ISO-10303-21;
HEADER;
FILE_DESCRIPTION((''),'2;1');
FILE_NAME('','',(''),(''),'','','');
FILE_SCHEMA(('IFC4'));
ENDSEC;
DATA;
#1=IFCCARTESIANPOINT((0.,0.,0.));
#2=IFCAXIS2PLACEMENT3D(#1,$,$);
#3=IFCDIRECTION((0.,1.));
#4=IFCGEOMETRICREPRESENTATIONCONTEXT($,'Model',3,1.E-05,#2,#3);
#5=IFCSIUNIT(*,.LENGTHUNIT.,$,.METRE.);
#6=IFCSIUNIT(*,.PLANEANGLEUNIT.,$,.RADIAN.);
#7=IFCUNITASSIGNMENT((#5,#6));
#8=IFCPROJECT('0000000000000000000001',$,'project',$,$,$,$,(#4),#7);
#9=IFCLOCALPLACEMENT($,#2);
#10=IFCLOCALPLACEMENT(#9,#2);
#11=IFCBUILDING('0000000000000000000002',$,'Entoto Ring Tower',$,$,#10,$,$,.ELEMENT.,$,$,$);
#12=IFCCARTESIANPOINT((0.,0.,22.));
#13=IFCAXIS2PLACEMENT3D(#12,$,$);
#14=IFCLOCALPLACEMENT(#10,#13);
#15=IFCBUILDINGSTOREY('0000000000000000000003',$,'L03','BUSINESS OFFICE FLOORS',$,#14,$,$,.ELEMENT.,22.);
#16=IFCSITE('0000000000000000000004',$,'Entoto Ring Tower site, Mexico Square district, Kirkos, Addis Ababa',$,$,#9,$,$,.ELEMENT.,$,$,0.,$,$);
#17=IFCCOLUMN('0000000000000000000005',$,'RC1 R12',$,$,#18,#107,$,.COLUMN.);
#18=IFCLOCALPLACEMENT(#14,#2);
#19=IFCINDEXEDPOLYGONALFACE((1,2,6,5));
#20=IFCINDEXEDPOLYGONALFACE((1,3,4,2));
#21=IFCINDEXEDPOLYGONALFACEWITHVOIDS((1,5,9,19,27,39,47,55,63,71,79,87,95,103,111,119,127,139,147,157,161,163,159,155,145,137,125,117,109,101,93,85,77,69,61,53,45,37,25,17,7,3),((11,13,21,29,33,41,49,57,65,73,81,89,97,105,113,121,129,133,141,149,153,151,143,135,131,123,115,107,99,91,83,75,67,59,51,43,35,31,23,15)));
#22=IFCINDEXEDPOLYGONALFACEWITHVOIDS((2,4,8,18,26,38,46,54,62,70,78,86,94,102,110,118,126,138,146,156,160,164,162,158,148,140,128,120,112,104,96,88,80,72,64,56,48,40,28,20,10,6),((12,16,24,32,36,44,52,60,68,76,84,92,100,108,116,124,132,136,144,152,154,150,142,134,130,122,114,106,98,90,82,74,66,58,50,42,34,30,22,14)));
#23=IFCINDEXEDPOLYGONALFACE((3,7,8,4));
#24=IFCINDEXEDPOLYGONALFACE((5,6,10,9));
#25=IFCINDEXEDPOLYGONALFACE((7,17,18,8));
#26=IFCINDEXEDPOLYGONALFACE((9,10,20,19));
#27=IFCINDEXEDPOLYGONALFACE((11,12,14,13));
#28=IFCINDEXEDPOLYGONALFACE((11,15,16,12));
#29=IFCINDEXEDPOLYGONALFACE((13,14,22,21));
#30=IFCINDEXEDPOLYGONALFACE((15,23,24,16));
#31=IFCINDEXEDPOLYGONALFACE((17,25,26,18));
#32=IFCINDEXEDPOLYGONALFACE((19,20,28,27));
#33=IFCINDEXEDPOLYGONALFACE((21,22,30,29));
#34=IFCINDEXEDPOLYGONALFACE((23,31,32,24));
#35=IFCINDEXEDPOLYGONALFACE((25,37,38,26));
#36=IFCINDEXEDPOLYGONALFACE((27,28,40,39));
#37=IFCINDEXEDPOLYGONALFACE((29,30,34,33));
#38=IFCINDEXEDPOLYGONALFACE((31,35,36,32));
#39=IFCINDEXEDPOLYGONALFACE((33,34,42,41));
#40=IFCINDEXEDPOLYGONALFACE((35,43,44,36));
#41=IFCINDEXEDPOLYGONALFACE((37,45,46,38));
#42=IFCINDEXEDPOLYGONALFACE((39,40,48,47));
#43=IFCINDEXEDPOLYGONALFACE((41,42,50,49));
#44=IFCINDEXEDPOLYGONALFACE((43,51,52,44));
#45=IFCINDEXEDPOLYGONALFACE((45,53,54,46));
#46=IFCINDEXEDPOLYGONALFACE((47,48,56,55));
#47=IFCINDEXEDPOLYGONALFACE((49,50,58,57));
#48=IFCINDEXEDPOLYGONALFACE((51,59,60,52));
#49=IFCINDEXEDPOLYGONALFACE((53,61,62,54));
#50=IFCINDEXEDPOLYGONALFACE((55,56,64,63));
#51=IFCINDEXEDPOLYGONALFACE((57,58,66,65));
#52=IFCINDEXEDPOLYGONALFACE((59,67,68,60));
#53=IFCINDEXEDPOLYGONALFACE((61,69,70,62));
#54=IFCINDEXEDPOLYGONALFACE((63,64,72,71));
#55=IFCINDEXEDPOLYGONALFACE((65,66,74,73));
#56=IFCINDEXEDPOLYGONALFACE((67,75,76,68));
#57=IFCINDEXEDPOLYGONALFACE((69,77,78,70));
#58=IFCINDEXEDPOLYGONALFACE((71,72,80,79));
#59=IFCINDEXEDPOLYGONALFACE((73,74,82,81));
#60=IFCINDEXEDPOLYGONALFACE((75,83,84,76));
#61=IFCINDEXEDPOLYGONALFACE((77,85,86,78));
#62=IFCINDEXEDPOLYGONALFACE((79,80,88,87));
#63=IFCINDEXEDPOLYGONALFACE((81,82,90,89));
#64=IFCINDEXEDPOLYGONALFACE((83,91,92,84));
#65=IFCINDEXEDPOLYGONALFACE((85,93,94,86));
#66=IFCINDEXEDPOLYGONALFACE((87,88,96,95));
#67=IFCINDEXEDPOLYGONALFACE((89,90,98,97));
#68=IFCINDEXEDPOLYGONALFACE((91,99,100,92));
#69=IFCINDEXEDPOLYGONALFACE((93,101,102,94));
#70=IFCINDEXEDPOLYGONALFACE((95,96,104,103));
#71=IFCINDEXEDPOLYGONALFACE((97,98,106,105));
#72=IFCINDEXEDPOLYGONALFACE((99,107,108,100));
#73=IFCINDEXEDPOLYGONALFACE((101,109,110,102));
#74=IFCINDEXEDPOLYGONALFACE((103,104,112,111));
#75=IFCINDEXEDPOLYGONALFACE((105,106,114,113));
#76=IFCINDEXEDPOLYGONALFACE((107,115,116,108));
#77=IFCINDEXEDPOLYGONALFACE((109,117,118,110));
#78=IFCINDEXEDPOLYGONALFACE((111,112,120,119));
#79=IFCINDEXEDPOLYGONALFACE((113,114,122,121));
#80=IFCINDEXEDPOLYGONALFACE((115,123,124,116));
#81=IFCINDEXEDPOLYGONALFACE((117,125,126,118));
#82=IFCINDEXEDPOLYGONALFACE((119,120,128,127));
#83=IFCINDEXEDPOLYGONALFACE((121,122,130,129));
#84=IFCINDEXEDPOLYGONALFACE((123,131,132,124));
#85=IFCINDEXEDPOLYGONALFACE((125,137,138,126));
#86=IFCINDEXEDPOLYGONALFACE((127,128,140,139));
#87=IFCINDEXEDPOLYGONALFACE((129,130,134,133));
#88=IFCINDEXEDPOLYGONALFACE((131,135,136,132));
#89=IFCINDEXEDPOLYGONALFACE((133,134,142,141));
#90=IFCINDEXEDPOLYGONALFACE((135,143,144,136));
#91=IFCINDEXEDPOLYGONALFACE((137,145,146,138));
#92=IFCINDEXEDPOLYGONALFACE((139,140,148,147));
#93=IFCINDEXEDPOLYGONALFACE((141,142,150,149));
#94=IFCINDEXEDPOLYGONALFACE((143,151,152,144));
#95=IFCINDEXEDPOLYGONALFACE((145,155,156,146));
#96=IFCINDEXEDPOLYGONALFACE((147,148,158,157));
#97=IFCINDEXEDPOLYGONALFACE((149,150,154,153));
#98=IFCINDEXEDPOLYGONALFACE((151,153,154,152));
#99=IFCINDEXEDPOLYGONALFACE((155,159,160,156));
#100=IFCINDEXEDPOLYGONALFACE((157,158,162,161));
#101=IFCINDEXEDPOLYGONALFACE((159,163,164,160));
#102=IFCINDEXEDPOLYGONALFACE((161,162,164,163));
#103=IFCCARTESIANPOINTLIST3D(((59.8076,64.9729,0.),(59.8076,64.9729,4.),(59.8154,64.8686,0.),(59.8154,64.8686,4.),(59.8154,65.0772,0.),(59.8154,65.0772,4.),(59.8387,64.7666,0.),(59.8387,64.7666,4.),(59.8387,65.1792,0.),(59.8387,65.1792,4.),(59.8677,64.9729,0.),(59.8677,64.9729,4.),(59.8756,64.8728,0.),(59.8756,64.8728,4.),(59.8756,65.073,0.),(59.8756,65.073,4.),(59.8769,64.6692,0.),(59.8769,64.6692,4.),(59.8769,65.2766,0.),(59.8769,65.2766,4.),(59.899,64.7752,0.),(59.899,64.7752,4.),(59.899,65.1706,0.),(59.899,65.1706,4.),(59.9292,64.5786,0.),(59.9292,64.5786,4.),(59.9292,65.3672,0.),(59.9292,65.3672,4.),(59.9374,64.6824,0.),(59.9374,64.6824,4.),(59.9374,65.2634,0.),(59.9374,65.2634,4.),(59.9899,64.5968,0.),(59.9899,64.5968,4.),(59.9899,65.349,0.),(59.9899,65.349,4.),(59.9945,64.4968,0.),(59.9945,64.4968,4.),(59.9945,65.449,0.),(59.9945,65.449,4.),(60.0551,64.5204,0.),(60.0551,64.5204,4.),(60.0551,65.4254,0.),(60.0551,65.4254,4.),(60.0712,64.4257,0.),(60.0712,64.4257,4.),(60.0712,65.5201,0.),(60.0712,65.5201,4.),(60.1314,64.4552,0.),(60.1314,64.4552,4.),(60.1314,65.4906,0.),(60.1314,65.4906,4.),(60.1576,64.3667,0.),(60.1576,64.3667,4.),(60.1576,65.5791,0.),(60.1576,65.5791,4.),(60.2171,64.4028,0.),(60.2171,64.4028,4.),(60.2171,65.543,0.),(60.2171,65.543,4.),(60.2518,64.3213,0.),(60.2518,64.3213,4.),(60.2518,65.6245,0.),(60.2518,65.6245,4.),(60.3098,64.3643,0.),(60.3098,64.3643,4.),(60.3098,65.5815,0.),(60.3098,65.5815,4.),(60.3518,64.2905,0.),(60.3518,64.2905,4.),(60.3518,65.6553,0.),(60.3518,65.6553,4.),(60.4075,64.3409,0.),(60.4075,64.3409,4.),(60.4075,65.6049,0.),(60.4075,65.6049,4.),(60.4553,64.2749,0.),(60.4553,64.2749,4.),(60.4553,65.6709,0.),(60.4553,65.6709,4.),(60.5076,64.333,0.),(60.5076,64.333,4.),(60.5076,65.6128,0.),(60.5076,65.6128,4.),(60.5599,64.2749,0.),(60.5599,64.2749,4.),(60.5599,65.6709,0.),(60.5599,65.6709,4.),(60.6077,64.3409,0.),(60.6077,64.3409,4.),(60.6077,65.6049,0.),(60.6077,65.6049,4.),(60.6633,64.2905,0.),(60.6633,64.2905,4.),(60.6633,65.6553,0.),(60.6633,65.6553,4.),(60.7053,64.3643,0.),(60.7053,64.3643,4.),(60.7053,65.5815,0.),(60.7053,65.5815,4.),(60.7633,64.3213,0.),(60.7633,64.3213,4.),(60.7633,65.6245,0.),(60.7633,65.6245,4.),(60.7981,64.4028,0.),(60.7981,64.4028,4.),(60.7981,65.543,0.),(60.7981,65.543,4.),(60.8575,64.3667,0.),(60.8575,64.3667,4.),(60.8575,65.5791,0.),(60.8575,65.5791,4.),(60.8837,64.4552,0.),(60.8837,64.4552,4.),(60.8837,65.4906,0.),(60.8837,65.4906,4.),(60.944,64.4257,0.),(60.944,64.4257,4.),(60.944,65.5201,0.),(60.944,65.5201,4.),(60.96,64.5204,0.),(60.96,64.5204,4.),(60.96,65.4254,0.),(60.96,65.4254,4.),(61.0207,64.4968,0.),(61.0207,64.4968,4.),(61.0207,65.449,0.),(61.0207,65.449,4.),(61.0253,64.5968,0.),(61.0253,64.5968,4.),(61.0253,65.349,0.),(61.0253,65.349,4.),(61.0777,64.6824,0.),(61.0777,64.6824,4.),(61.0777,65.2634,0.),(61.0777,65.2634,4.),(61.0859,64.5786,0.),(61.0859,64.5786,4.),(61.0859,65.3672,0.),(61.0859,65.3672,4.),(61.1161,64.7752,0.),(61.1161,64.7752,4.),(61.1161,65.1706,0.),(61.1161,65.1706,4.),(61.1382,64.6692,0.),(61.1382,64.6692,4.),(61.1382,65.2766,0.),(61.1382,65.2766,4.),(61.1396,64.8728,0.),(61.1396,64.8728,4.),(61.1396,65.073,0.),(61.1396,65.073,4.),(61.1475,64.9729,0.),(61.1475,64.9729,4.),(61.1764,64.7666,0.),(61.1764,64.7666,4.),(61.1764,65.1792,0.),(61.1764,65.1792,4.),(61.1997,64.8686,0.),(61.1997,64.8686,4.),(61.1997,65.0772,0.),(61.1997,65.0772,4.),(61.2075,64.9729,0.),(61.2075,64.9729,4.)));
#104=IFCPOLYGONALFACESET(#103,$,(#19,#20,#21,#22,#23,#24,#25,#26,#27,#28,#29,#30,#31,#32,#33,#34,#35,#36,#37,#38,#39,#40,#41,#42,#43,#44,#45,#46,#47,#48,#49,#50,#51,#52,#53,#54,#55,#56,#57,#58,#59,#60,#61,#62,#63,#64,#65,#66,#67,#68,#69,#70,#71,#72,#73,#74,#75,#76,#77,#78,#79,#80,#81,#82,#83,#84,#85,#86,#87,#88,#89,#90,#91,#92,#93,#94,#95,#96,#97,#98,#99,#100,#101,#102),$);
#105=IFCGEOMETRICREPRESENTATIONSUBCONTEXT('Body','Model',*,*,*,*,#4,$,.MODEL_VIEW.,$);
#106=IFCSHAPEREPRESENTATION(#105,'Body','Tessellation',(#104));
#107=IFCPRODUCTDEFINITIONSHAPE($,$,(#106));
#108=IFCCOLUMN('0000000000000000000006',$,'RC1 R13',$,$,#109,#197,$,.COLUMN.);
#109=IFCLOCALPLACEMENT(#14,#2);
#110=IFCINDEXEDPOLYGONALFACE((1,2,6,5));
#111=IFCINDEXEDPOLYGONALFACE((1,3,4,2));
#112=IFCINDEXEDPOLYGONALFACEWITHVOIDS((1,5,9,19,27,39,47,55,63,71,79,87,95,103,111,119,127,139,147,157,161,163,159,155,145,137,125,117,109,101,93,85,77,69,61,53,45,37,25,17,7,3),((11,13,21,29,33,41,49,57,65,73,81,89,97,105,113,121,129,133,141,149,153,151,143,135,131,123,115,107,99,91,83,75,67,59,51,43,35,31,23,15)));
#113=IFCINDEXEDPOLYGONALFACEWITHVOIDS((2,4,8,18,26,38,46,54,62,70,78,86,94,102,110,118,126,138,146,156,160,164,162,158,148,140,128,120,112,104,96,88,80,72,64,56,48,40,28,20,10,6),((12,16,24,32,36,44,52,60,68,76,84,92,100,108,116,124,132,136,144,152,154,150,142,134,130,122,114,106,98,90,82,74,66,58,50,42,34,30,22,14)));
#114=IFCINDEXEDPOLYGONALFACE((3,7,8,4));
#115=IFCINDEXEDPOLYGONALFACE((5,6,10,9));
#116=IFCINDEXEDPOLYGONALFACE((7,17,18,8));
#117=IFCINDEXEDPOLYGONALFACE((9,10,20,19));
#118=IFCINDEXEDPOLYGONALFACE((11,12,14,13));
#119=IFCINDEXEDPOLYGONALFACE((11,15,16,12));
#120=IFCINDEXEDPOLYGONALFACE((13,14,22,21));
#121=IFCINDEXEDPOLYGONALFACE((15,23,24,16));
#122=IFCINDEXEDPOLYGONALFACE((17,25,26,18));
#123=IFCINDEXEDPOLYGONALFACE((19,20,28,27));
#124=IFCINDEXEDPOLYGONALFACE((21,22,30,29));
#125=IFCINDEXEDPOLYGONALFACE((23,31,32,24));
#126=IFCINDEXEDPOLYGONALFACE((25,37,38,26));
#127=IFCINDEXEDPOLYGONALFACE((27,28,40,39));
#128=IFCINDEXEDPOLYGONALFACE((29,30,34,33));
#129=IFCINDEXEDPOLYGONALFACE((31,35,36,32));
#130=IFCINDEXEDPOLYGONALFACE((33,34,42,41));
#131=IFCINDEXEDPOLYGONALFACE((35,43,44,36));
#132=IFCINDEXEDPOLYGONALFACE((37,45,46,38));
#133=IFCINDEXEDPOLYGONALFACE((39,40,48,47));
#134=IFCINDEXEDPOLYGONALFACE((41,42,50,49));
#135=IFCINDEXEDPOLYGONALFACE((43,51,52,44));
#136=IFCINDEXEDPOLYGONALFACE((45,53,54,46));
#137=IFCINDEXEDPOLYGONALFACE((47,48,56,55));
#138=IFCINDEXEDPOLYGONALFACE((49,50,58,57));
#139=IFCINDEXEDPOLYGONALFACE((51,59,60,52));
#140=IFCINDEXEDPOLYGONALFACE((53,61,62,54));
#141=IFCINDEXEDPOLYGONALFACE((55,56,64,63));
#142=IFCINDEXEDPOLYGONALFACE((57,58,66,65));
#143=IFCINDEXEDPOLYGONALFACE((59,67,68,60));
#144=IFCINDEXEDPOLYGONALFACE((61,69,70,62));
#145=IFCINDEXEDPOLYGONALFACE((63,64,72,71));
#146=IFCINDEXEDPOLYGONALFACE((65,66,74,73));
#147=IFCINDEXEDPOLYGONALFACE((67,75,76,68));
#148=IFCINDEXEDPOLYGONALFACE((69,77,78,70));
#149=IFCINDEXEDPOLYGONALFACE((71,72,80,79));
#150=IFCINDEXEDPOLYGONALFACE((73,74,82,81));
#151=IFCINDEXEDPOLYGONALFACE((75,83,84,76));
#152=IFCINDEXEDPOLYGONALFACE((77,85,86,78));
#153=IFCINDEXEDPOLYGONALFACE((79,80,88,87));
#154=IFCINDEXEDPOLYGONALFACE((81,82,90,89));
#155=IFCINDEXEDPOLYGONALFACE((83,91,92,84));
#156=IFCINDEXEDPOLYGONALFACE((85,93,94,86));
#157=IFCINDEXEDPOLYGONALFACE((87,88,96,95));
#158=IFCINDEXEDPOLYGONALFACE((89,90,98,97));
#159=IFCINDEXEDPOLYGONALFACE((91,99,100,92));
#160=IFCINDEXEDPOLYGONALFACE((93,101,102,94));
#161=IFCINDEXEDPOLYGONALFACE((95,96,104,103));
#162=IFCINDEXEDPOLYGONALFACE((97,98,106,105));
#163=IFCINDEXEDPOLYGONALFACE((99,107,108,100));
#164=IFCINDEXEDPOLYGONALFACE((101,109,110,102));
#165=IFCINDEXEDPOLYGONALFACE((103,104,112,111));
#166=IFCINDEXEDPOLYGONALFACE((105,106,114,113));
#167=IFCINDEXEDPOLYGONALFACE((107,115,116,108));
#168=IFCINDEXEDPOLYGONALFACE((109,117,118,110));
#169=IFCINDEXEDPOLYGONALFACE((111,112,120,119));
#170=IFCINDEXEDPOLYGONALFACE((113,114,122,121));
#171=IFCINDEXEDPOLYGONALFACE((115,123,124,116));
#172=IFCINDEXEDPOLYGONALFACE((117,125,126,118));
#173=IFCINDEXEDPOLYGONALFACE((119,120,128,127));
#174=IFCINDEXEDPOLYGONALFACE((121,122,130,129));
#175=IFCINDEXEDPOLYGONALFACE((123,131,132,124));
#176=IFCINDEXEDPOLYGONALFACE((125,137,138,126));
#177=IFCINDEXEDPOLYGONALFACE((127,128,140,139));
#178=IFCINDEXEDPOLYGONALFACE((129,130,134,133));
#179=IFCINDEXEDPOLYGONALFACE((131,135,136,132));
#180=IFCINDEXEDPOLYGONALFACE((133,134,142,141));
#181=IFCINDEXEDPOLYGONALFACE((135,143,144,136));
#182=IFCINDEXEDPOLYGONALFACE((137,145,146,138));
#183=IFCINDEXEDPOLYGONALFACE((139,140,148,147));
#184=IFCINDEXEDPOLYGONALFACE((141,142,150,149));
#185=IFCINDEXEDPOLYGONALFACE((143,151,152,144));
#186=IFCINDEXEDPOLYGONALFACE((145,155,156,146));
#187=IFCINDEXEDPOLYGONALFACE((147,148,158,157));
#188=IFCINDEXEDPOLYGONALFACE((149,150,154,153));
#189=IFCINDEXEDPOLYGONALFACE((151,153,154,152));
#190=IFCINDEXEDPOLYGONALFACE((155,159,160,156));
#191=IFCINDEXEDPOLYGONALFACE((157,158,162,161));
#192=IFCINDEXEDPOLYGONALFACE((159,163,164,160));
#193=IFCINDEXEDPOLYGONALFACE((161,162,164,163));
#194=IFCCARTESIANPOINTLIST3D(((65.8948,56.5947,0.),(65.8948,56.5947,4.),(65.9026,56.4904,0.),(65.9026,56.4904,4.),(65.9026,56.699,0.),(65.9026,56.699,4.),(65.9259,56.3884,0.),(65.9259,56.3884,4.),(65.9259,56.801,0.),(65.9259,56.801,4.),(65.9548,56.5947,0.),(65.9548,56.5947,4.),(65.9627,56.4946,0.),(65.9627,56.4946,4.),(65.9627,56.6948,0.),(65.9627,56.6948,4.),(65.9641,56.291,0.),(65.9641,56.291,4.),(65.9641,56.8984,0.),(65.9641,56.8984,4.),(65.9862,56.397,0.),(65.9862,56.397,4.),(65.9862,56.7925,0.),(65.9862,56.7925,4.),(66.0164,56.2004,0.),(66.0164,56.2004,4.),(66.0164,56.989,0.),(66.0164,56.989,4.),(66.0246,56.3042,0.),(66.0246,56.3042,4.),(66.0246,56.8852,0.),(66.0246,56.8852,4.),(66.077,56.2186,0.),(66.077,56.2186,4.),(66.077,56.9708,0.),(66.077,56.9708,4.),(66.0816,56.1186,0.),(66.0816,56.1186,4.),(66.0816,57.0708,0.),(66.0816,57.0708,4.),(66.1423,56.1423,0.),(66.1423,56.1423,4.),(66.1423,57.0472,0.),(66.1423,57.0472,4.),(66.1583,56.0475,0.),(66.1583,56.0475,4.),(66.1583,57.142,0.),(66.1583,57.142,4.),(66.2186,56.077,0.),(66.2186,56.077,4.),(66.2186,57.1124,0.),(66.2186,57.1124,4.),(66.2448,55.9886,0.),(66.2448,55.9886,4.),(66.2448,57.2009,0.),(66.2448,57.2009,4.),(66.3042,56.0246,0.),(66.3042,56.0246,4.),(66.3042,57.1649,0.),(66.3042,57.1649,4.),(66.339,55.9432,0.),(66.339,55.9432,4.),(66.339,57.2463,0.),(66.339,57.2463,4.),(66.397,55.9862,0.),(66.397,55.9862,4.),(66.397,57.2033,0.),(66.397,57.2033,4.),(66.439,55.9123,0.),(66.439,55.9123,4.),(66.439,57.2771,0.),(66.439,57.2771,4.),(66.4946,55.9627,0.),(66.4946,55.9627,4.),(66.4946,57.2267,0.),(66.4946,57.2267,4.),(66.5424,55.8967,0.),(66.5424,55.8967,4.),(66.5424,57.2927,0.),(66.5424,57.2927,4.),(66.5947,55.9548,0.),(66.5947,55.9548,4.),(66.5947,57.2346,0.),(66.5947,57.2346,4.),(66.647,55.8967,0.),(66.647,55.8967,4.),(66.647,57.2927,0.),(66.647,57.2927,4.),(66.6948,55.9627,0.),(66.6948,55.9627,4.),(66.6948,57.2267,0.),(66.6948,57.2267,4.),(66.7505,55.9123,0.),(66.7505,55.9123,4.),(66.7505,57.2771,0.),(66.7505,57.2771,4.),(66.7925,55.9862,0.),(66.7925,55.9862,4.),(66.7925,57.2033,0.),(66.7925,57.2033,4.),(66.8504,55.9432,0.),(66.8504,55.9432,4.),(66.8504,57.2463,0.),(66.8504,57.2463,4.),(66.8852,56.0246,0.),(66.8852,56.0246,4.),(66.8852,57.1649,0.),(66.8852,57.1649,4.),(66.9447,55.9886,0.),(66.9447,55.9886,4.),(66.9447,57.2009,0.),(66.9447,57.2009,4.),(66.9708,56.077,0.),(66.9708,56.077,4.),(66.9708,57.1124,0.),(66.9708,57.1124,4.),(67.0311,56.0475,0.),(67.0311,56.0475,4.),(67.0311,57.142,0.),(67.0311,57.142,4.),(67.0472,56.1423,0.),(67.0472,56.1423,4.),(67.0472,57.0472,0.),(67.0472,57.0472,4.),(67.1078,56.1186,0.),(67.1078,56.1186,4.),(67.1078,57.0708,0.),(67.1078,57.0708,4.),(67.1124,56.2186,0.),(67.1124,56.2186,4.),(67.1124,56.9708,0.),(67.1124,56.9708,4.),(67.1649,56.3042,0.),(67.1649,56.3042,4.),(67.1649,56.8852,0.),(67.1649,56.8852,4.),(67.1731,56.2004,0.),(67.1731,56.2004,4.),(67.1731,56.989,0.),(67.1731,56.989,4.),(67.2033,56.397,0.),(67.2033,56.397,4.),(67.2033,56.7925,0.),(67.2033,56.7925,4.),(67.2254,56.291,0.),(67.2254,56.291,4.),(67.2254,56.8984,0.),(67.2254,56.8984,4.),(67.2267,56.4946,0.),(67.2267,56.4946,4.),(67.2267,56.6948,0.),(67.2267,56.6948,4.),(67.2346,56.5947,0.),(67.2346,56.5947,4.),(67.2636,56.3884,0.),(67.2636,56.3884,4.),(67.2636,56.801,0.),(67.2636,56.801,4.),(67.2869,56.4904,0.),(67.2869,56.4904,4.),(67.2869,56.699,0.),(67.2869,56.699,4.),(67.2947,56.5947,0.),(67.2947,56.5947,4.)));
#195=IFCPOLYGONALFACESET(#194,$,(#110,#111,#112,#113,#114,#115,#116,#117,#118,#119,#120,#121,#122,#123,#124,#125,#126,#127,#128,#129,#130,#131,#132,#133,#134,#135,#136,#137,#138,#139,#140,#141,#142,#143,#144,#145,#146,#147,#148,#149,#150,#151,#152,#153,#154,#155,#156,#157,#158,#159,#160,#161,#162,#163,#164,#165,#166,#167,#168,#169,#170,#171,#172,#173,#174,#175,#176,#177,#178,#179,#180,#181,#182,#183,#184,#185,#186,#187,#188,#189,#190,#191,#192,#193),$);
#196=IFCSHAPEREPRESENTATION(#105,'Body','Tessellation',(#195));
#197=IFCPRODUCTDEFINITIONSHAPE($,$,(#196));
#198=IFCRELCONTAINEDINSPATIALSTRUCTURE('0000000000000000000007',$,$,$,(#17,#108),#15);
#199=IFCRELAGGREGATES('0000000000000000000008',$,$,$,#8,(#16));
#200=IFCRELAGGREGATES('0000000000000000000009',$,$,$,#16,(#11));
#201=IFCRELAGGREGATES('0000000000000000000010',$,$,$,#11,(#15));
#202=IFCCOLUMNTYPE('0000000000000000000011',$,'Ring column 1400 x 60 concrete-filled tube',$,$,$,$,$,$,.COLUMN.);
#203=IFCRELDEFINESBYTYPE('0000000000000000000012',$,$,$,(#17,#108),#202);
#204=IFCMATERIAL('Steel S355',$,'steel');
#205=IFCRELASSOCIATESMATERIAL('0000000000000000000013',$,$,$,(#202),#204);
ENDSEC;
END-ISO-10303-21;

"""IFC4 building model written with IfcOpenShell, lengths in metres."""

from ifc_helpers import new_model, si_unit, direction, frame, origin, origin_2d, place, context, subcontext, project, spatial, circle, hollow_circle, extrude, material, material_profile, profile_set, type_object, element, save


model = new_model("IFC4")

# Units and contexts
model_context = context("Model", 3, precision=1e-05, world=origin(), true_north=direction((0.0, 1.0)))
body_context = subcontext(model_context, "Body", "Model", "MODEL_VIEW")
ifc_project = project(units=[si_unit("LENGTHUNIT", "METRE"), si_unit("PLANEANGLEUNIT", "RADIAN")], contexts=[model_context])

# Site, building, storey
site_placement = place(None, origin())
site = spatial("IfcSite", under=ifc_project, at=site_placement, Name="Entoto Ring Tower site, Mexico Square district, Kirkos, Addis Ababa", CompositionType="ELEMENT", RefElevation=0.0)
building_placement = place(site_placement, origin())
building = spatial("IfcBuilding", under=site, at=building_placement, Name="Entoto Ring Tower", CompositionType="ELEMENT")
storey_placement = place(building_placement, frame((0.0, 0.0, 22.0)))
storey = spatial("IfcBuildingStorey", under=building, at=storey_placement, Name="L03", Description="BUSINESS OFFICE FLOORS", CompositionType="ELEMENT", Elevation=22.0)

# Columns
ifc_material_1 = material(Name="Steel S355", Category="steel")
ifc_material_profile_1 = material_profile(ifc_material_1, hollow_circle(Radius=0.7, WallThickness=0.0601, at=origin_2d()), Name="CHS 1400 x 60")
ifc_material_2 = material(Name="Concrete C60/75", Category="concrete")
ifc_material_profile_2 = material_profile(ifc_material_2, circle(Radius=0.6399, at=origin_2d()), Name="Concrete C60/75 infill")
ifc_profile_set_1 = profile_set([ifc_material_profile_1, ifc_material_profile_2], Name="Steel S355")
column_type = type_object("IfcColumnType", Name="Ring column 1400 x 60 concrete-filled tube", PredefinedType="COLUMN", material=ifc_profile_set_1)
for number, where, z_axis, x_axis, name in (
    (1, (60.5076, 64.9729, 0.0), (0.0, 0.0, 1.0), (1.0, 0.0, 0.0), "RC1 R12"),
    (2, (66.5947, 56.5947, 0.0), (0.0, 0.0, 1.0), (1.0, 0.0, 0.0), "RC1 R13"),
):
    element("IfcColumn", number, at=place(storey_placement, frame(where, z_axis=z_axis, x_axis=x_axis)), inside=storey, type_object=column_type, Name=name, PredefinedType="COLUMN", context=body_context, shape_type="SweptSolid", body=[
        extrude(hollow_circle(Radius=0.7, WallThickness=0.0601, at=origin_2d()), origin(), (0.0, 0.0, 1.0), 4.0),
    ])

save(model, "model.ifc")
